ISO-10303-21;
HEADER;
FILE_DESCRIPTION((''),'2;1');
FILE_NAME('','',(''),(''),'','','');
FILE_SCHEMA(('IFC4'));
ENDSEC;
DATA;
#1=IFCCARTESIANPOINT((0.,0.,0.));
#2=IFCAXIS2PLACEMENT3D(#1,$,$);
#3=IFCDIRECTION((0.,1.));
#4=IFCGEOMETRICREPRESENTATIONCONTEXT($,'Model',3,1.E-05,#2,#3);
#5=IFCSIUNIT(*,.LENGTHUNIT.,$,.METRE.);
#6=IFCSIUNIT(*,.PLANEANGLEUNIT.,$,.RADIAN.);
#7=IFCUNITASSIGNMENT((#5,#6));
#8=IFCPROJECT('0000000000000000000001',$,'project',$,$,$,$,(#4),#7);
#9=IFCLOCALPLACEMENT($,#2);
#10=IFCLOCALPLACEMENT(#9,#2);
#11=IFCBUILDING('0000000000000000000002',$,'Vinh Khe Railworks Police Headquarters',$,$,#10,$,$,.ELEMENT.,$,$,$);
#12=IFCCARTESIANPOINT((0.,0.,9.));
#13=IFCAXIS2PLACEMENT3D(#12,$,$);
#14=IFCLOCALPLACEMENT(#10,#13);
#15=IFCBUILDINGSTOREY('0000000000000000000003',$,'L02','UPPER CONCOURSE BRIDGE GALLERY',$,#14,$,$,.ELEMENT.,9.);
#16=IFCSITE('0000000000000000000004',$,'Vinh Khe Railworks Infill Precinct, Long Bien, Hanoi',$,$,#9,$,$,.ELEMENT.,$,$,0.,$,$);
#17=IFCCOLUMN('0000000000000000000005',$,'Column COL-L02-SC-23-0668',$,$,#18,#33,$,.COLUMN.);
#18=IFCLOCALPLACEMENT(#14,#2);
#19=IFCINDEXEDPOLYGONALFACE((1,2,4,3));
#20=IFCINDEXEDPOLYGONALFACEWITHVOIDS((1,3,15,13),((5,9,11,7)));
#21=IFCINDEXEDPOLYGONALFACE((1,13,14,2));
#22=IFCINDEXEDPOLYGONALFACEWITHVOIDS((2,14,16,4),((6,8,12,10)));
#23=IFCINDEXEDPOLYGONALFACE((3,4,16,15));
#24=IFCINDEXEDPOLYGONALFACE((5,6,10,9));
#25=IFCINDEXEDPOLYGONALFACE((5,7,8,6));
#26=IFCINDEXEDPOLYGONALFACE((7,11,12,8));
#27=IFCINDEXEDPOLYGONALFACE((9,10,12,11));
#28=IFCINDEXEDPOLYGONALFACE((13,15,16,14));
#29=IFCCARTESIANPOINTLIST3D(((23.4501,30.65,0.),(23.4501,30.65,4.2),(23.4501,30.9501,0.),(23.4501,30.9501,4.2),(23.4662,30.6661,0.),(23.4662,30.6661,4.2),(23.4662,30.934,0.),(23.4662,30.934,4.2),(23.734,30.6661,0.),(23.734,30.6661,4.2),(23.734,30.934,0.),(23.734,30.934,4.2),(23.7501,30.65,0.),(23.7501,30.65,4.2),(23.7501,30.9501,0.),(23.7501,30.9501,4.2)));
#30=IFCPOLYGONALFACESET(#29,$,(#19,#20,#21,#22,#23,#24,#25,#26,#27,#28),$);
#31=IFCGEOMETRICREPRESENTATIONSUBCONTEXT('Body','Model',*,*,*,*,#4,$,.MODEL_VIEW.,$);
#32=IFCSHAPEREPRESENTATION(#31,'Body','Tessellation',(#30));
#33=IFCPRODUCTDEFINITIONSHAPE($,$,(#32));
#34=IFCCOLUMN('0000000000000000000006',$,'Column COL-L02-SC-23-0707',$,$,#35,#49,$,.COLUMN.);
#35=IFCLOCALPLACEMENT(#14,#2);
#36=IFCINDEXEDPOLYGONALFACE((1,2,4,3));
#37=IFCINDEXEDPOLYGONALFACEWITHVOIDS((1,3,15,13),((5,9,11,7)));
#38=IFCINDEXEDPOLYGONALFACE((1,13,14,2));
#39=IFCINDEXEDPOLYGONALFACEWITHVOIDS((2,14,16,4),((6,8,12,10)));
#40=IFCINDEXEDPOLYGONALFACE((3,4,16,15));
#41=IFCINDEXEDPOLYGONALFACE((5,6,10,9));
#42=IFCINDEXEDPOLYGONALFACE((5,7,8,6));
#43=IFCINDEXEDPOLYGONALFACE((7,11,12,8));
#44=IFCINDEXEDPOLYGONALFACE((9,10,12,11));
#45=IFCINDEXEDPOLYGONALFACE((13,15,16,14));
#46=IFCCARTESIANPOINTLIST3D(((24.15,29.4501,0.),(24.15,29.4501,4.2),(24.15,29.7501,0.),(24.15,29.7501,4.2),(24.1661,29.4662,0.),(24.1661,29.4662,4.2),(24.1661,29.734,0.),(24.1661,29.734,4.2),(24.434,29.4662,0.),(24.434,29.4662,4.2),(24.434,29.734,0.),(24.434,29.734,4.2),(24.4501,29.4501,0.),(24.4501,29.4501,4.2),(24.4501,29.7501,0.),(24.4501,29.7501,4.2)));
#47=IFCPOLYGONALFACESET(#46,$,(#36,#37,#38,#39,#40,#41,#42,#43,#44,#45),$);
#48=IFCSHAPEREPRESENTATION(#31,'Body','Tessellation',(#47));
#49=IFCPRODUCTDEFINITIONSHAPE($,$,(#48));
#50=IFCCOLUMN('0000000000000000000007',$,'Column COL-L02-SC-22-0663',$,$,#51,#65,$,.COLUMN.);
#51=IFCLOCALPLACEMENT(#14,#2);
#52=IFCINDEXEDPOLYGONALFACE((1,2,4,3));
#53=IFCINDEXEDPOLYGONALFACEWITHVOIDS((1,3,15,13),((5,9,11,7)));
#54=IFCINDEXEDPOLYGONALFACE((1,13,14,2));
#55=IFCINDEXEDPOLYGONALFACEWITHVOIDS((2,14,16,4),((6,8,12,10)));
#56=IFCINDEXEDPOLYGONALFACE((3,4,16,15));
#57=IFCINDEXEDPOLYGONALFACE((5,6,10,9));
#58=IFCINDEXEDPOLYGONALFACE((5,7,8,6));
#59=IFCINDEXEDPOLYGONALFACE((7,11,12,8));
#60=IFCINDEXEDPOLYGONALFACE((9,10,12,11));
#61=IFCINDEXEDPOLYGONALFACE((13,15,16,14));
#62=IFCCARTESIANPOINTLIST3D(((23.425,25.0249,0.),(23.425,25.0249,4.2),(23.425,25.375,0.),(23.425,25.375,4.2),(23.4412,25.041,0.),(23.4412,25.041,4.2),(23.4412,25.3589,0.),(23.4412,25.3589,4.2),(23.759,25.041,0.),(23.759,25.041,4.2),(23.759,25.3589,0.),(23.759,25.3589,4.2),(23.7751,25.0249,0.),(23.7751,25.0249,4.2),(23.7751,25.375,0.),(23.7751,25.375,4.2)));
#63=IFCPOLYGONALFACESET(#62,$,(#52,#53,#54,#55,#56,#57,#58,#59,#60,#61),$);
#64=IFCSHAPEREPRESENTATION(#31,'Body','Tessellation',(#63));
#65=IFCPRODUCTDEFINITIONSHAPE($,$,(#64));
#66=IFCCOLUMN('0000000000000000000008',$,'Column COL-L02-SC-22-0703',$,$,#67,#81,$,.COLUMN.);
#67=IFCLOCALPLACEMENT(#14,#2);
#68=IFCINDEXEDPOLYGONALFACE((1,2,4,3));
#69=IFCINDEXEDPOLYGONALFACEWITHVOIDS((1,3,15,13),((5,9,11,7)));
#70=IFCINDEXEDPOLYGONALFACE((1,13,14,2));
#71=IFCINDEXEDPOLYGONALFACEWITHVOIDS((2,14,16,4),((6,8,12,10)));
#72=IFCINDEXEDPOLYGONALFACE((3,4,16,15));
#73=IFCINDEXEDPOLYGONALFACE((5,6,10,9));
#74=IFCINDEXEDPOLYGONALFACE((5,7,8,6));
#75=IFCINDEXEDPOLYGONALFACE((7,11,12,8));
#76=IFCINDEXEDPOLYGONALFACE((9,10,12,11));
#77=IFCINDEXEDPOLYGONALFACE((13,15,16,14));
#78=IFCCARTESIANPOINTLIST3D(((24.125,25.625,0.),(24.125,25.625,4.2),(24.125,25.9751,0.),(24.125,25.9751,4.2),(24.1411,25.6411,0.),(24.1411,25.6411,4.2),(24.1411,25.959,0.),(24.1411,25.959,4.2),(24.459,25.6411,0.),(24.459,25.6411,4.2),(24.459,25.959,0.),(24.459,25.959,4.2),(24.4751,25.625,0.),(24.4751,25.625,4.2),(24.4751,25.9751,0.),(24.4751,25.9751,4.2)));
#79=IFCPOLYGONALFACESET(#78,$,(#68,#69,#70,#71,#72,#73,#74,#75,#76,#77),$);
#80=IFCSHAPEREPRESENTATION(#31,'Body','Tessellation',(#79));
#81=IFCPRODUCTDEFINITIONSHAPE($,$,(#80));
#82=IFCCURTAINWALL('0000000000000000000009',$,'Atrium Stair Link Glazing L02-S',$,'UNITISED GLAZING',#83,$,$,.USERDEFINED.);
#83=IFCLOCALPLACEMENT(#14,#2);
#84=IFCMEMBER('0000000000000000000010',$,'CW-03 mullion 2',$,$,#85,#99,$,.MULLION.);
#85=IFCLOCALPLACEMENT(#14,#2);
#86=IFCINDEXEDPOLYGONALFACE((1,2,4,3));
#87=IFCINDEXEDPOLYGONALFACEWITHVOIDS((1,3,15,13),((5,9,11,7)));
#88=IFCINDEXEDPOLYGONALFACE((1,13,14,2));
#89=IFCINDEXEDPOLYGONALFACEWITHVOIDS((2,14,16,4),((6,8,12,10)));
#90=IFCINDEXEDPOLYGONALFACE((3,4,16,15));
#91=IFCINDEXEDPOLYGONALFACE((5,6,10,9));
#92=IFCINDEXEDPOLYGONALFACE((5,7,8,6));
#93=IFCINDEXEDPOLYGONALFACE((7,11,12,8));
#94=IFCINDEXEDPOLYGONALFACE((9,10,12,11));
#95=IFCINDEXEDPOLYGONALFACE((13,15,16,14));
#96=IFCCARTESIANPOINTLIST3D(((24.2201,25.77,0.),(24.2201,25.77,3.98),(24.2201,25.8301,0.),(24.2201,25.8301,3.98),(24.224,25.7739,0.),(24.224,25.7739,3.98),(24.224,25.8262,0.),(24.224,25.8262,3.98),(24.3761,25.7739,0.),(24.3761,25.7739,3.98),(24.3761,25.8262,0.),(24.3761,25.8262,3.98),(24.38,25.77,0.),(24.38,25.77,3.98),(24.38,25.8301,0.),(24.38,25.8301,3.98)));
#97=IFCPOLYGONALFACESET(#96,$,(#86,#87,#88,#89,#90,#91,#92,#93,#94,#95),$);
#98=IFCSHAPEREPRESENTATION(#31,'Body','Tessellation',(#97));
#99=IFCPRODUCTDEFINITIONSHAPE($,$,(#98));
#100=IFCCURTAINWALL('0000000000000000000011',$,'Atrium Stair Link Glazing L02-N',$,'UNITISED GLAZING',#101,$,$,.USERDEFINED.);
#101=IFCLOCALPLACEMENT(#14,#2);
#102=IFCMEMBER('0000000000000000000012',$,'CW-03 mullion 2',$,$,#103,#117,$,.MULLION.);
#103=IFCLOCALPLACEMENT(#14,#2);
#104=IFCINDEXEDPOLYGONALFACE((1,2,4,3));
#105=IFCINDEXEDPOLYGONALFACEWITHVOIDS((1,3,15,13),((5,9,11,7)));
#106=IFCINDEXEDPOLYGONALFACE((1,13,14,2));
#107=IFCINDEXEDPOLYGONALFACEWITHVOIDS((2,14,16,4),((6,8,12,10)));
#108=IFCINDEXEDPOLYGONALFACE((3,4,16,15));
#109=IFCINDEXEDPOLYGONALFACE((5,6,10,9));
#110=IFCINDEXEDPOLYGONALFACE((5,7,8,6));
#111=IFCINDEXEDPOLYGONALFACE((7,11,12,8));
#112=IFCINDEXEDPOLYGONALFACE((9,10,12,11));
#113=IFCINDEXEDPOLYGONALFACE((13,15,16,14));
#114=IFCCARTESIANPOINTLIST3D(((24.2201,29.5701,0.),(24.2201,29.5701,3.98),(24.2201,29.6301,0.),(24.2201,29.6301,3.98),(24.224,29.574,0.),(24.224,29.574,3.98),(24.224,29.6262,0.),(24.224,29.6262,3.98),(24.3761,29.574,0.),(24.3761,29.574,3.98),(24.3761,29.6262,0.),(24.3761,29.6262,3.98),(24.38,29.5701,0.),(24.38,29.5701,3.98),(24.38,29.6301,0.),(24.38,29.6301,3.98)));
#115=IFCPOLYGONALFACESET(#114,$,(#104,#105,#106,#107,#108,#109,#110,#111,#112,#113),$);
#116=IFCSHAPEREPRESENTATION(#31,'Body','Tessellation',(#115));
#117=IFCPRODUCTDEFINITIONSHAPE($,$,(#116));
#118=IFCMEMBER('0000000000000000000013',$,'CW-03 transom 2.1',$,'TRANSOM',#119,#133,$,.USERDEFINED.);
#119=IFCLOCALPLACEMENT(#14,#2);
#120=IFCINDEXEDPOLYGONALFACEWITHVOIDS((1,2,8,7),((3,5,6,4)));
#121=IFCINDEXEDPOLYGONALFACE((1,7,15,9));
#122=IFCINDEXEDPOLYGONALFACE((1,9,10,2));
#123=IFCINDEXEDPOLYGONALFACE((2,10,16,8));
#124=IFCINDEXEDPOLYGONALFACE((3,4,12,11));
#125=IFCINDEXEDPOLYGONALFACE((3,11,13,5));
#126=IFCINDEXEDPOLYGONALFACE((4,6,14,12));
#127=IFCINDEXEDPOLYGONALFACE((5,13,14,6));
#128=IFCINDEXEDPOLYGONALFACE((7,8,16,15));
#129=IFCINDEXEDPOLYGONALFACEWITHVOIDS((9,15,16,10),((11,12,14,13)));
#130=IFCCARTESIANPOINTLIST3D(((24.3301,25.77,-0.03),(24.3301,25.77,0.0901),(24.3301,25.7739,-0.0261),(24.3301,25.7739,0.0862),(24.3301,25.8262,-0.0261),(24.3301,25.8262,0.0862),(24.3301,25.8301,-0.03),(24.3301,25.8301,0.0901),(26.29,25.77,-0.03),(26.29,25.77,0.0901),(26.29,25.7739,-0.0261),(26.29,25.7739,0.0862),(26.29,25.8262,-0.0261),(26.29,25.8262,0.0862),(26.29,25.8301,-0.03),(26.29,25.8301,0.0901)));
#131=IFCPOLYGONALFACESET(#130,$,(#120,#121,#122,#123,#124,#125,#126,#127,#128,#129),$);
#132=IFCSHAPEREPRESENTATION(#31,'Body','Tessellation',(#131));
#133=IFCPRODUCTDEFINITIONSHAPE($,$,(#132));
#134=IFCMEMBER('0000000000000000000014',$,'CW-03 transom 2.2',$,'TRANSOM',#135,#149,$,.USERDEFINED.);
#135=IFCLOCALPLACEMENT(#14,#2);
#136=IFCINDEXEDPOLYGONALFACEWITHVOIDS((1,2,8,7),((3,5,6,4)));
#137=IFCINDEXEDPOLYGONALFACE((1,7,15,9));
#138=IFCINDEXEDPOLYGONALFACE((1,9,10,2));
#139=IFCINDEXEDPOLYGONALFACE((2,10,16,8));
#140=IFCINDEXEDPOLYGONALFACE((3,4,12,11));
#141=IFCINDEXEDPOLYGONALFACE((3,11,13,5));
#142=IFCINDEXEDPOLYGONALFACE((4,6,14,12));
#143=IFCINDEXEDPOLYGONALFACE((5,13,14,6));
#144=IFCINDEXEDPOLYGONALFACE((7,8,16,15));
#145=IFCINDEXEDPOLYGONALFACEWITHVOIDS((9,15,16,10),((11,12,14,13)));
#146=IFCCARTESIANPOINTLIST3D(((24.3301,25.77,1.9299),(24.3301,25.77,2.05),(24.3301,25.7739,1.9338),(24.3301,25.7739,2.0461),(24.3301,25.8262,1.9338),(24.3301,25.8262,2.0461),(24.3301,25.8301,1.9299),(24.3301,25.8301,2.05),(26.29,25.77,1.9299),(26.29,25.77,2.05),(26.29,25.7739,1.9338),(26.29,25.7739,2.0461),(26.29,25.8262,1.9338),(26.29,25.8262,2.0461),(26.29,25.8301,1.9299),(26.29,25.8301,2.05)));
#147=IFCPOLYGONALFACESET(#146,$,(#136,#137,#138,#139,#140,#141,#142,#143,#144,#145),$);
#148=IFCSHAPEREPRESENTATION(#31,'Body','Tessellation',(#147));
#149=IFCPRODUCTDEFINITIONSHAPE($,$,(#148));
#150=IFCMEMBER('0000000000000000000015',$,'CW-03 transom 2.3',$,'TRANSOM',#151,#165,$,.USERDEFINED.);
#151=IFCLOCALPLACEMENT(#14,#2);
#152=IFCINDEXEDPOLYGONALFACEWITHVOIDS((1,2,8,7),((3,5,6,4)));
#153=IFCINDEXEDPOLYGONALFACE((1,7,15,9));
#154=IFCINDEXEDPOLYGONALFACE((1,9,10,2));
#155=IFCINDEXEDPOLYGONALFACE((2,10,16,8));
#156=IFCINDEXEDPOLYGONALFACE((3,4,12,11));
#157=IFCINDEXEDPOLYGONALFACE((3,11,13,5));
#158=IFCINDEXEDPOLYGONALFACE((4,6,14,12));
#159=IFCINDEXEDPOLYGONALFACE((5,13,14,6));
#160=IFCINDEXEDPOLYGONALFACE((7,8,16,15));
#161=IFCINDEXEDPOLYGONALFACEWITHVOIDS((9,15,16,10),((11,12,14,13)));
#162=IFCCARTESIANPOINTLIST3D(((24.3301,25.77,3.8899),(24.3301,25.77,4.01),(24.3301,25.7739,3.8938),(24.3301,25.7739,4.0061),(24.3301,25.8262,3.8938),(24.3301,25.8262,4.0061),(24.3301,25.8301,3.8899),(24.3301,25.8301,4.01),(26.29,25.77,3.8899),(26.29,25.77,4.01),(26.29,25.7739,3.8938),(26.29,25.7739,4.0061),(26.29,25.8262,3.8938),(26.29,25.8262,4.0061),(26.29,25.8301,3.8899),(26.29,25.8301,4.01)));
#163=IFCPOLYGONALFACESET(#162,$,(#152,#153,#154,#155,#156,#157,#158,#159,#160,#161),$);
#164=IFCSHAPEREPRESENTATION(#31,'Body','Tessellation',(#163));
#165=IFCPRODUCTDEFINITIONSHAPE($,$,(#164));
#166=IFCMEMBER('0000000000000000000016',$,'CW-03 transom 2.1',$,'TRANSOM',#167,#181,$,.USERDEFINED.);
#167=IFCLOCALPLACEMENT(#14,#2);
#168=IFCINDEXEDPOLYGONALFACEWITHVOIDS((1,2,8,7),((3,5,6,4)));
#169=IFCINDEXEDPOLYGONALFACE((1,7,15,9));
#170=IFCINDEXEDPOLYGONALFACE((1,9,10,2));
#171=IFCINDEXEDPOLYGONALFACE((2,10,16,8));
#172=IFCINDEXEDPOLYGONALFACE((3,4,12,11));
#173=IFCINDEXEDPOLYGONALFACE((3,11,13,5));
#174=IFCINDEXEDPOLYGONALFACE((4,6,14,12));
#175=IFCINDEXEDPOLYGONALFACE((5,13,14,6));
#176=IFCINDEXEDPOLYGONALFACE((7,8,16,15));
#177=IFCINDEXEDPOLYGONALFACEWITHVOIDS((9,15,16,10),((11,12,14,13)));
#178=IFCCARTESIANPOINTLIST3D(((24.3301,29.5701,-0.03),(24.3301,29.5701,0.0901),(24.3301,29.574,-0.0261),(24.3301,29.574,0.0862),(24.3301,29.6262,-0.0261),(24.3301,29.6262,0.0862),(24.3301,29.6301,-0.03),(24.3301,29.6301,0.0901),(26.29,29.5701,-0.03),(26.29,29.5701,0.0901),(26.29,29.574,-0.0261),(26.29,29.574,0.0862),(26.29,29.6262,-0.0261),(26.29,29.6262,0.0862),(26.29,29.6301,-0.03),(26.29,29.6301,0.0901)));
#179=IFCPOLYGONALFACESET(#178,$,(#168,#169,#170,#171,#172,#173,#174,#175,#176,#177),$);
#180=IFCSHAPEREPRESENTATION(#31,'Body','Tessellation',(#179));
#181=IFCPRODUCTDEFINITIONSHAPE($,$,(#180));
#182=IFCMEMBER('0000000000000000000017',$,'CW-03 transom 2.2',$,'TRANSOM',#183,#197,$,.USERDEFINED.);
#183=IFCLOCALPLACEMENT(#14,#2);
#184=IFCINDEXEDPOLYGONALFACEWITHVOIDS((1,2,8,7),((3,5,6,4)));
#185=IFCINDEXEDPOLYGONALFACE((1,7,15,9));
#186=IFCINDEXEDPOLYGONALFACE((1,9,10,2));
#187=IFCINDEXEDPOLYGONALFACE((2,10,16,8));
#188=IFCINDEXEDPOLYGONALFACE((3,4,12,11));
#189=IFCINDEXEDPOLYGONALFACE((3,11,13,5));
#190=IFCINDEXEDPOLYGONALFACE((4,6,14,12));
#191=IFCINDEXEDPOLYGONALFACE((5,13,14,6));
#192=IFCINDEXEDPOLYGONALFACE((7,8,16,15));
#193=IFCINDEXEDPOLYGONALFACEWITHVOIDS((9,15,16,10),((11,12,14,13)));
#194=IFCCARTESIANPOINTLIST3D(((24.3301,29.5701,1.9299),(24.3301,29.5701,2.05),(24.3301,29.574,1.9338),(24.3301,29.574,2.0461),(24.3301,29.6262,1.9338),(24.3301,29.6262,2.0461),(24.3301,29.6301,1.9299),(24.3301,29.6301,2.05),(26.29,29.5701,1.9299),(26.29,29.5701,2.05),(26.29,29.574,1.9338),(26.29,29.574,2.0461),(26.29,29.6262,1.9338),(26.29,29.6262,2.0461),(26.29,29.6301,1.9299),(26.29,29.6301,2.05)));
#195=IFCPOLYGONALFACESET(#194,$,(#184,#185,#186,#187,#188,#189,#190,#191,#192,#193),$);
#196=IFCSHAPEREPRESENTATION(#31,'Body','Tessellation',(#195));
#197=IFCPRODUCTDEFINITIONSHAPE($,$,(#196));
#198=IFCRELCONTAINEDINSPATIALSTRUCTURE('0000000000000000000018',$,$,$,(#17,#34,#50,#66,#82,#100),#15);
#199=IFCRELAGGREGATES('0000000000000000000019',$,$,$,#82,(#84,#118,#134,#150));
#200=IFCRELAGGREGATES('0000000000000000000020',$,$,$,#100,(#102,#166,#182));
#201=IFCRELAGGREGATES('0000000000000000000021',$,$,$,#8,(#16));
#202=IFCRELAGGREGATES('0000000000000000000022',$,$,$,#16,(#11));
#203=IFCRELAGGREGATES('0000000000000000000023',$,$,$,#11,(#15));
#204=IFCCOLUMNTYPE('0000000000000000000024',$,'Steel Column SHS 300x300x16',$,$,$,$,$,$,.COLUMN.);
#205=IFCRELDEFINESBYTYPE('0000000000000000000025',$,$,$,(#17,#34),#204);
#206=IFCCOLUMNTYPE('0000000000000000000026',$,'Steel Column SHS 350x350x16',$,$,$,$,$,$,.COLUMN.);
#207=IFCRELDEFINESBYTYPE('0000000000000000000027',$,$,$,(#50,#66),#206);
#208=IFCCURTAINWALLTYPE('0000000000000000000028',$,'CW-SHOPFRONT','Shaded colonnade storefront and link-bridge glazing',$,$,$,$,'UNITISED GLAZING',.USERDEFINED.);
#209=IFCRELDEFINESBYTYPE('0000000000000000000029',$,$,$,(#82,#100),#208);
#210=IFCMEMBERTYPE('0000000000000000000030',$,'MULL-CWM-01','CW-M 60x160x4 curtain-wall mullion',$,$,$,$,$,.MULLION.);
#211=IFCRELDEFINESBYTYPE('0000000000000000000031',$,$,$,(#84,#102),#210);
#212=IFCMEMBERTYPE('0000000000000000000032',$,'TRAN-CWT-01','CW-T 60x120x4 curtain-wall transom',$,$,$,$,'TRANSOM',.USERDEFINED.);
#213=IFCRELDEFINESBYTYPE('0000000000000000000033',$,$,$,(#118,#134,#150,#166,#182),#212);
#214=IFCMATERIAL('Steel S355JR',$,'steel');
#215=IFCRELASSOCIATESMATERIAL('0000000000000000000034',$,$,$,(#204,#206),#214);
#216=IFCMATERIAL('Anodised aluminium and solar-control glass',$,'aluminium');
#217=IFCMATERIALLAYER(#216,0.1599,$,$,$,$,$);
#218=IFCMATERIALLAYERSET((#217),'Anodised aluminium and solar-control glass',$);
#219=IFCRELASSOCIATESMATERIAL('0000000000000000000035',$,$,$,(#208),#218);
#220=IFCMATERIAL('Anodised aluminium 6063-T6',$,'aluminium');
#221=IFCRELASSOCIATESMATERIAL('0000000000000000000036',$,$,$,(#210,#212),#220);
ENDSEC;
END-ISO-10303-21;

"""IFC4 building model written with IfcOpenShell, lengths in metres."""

from ifc_helpers import new_model, si_unit, direction, frame, origin, origin_2d, place, context, subcontext, project, spatial, hollow_rectangle, extrude, material, layer, layer_set, material_profile, profile_set, type_object, element, aggregate, save


model = new_model("IFC4")

# Units and contexts
model_context = context("Model", 3, precision=1e-05, world=origin(), true_north=direction((0.0, 1.0)))
body_context = subcontext(model_context, "Body", "Model", "MODEL_VIEW")
ifc_project = project(units=[si_unit("LENGTHUNIT", "METRE"), si_unit("PLANEANGLEUNIT", "RADIAN")], contexts=[model_context])

# Site, building, storey
site_placement = place(None, origin())
site = spatial("IfcSite", under=ifc_project, at=site_placement, Name="Vinh Khe Railworks Infill Precinct, Long Bien, Hanoi", CompositionType="ELEMENT", RefElevation=0.0)
building_placement = place(site_placement, origin())
building = spatial("IfcBuilding", under=site, at=building_placement, Name="Vinh Khe Railworks Police Headquarters", CompositionType="ELEMENT")
storey_placement = place(building_placement, frame((0.0, 0.0, 9.0)))
storey = spatial("IfcBuildingStorey", under=building, at=storey_placement, Name="L02", Description="UPPER CONCOURSE BRIDGE GALLERY", CompositionType="ELEMENT", Elevation=9.0)

# Columns
ifc_material_1 = material(Name="Steel S355JR", Category="steel")
ifc_material_profile_1 = material_profile(ifc_material_1, hollow_rectangle(XDim=0.3, YDim=0.3, WallThickness=0.0161, at=origin_2d()), Name="SHS 300x300x16")
ifc_profile_set_1 = profile_set([ifc_material_profile_1], Name="Steel S355JR")
column_type_1 = type_object("IfcColumnType", Name="Steel Column SHS 300x300x16", PredefinedType="COLUMN", material=ifc_profile_set_1)
for number, where, z_axis, x_axis, name in (
    (1, (23.6001, 30.8, 0.0), (0.0, 0.0, 1.0), (1.0, 0.0, 0.0), "Column COL-L02-SC-23-0668"),
    (2, (24.3, 29.6001, 0.0), (0.0, 0.0, 1.0), (1.0, 0.0, 0.0), "Column COL-L02-SC-23-0707"),
):
    element("IfcColumn", number, at=place(storey_placement, frame(where, z_axis=z_axis, x_axis=x_axis)), inside=storey, type_object=column_type_1, Name=name, PredefinedType="COLUMN", context=body_context, shape_type="SweptSolid", body=[
        extrude(hollow_rectangle(XDim=0.3, YDim=0.3, WallThickness=0.0161, at=origin_2d()), origin(), (0.0, 0.0, 1.0), 4.2),
    ])
ifc_material_profile_2 = material_profile(ifc_material_1, hollow_rectangle(XDim=0.3501, YDim=0.3501, WallThickness=0.0161, at=origin_2d()), Name="SHS 350x350x16")
ifc_profile_set_2 = profile_set([ifc_material_profile_2], Name="Steel S355JR")
column_type_2 = type_object("IfcColumnType", Name="Steel Column SHS 350x350x16", PredefinedType="COLUMN", material=ifc_profile_set_2)
for number, where, z_axis, x_axis, name in (
    (3, (23.6001, 25.2, 0.0), (0.0, 0.0, 1.0), (1.0, 0.0, 0.0), "Column COL-L02-SC-22-0663"),
    (4, (24.3, 25.8, 0.0), (0.0, 0.0, 1.0), (1.0, 0.0, 0.0), "Column COL-L02-SC-22-0703"),
):
    element("IfcColumn", number, at=place(storey_placement, frame(where, z_axis=z_axis, x_axis=x_axis)), inside=storey, type_object=column_type_2, Name=name, PredefinedType="COLUMN", context=body_context, shape_type="SweptSolid", body=[
        extrude(hollow_rectangle(XDim=0.3501, YDim=0.3501, WallThickness=0.0161, at=origin_2d()), origin(), (0.0, 0.0, 1.0), 4.2),
    ])

# Curtain walls, members
ifc_material_2 = material(Name="Anodised aluminium and solar-control glass", Category="aluminium")
ifc_layer_1 = layer(ifc_material_2, 0.1599)
ifc_layer_set_1 = layer_set([ifc_layer_1], Name="Anodised aluminium and solar-control glass")
curtain_wall_type = type_object("IfcCurtainWallType", Name="CW-SHOPFRONT", Description="Shaded colonnade storefront and link-bridge glazing", ElementType="UNITISED GLAZING", PredefinedType="USERDEFINED", material=ifc_layer_set_1)
curtain_wall_1_placement = place(storey_placement, origin())
curtain_wall_1 = element("IfcCurtainWall", 5, at=curtain_wall_1_placement, inside=storey, type_object=curtain_wall_type, Name="Atrium Stair Link Glazing L02-S", ObjectType="UNITISED GLAZING", PredefinedType="USERDEFINED")
ifc_material_3 = material(Name="Anodised aluminium 6063-T6", Category="aluminium")
ifc_material_profile_3 = material_profile(ifc_material_3, hollow_rectangle(XDim=0.0601, YDim=0.1599, WallThickness=0.0039, at=origin_2d()), Name="CW-M 60x160x4")
ifc_profile_set_3 = profile_set([ifc_material_profile_3], Name="Anodised aluminium 6063-T6")
member_type_1 = type_object("IfcMemberType", Name="MULL-CWM-01", Description="CW-M 60x160x4 curtain-wall mullion", PredefinedType="MULLION", material=ifc_profile_set_3)
member_1_placement = place(storey_placement, frame((24.3, 25.8, 0.0), z_axis=(0.0, 0.0, 1.0), x_axis=(0.0, 1.0, 0.0)))
member_1 = element("IfcMember", 6, at=member_1_placement, type_object=member_type_1, Name="CW-03 mullion 2", PredefinedType="MULLION", context=body_context, shape_type="SweptSolid", body=[
    extrude(hollow_rectangle(XDim=0.0601, YDim=0.1599, WallThickness=0.0039, at=origin_2d()), origin(), (0.0, 0.0, 1.0), 3.98),
])
curtain_wall_2_placement = place(storey_placement, origin())
curtain_wall_2 = element("IfcCurtainWall", 7, at=curtain_wall_2_placement, inside=storey, type_object=curtain_wall_type, Name="Atrium Stair Link Glazing L02-N", ObjectType="UNITISED GLAZING", PredefinedType="USERDEFINED")
member_2_placement = place(storey_placement, frame((24.3, 29.6001, 0.0), z_axis=(0.0, 0.0, 1.0), x_axis=(0.0, 1.0, 0.0)))
member_2 = element("IfcMember", 8, at=member_2_placement, type_object=member_type_1, Name="CW-03 mullion 2", PredefinedType="MULLION", context=body_context, shape_type="SweptSolid", body=[
    extrude(hollow_rectangle(XDim=0.0601, YDim=0.1599, WallThickness=0.0039, at=origin_2d()), origin(), (0.0, 0.0, 1.0), 3.98),
])

# Members
ifc_material_profile_4 = material_profile(ifc_material_3, hollow_rectangle(XDim=0.0601, YDim=0.1201, WallThickness=0.0039, at=origin_2d()), Name="CW-T 60x120x4")
ifc_profile_set_4 = profile_set([ifc_material_profile_4], Name="Anodised aluminium 6063-T6")
member_type_2 = type_object("IfcMemberType", Name="TRAN-CWT-01", Description="CW-T 60x120x4 curtain-wall transom", ElementType="TRANSOM", PredefinedType="USERDEFINED", material=ifc_profile_set_4)
member_3_placement = place(storey_placement, frame((24.3301, 25.8, 0.03), z_axis=(1.0, 0.0, 0.0), x_axis=(0.0, 1.0, 0.0)))
member_3 = element("IfcMember", 9, at=member_3_placement, type_object=member_type_2, Name="CW-03 transom 2.1", ObjectType="TRANSOM", PredefinedType="USERDEFINED", context=body_context, shape_type="SweptSolid", body=[
    extrude(hollow_rectangle(XDim=0.0601, YDim=0.1201, WallThickness=0.0039, at=origin_2d()), origin(), (0.0, 0.0, 1.0), 1.96),
])
member_4_placement = place(storey_placement, frame((24.3301, 25.8, 1.99), z_axis=(1.0, 0.0, 0.0), x_axis=(0.0, 1.0, 0.0)))
member_4 = element("IfcMember", 10, at=member_4_placement, type_object=member_type_2, Name="CW-03 transom 2.2", ObjectType="TRANSOM", PredefinedType="USERDEFINED", context=body_context, shape_type="SweptSolid", body=[
    extrude(hollow_rectangle(XDim=0.0601, YDim=0.1201, WallThickness=0.0039, at=origin_2d()), origin(), (0.0, 0.0, 1.0), 1.96),
])
member_5_placement = place(storey_placement, frame((24.3301, 25.8, 3.95), z_axis=(1.0, 0.0, 0.0), x_axis=(0.0, 1.0, 0.0)))
member_5 = element("IfcMember", 11, at=member_5_placement, type_object=member_type_2, Name="CW-03 transom 2.3", ObjectType="TRANSOM", PredefinedType="USERDEFINED", context=body_context, shape_type="SweptSolid", body=[
    extrude(hollow_rectangle(XDim=0.0601, YDim=0.1201, WallThickness=0.0039, at=origin_2d()), origin(), (0.0, 0.0, 1.0), 1.96),
])
aggregate(curtain_wall_1, [member_1, member_3, member_4, member_5])
member_6_placement = place(storey_placement, frame((24.3301, 29.6001, 0.03), z_axis=(1.0, 0.0, 0.0), x_axis=(0.0, 1.0, 0.0)))
member_6 = element("IfcMember", 12, at=member_6_placement, type_object=member_type_2, Name="CW-03 transom 2.1", ObjectType="TRANSOM", PredefinedType="USERDEFINED", context=body_context, shape_type="SweptSolid", body=[
    extrude(hollow_rectangle(XDim=0.0601, YDim=0.1201, WallThickness=0.0039, at=origin_2d()), origin(), (0.0, 0.0, 1.0), 1.96),
])
member_7_placement = place(storey_placement, frame((24.3301, 29.6001, 1.99), z_axis=(1.0, 0.0, 0.0), x_axis=(0.0, 1.0, 0.0)))
member_7 = element("IfcMember", 13, at=member_7_placement, type_object=member_type_2, Name="CW-03 transom 2.2", ObjectType="TRANSOM", PredefinedType="USERDEFINED", context=body_context, shape_type="SweptSolid", body=[
    extrude(hollow_rectangle(XDim=0.0601, YDim=0.1201, WallThickness=0.0039, at=origin_2d()), origin(), (0.0, 0.0, 1.0), 1.96),
])

aggregate(curtain_wall_2, [member_2, member_6, member_7])

save(model, "model.ifc")
